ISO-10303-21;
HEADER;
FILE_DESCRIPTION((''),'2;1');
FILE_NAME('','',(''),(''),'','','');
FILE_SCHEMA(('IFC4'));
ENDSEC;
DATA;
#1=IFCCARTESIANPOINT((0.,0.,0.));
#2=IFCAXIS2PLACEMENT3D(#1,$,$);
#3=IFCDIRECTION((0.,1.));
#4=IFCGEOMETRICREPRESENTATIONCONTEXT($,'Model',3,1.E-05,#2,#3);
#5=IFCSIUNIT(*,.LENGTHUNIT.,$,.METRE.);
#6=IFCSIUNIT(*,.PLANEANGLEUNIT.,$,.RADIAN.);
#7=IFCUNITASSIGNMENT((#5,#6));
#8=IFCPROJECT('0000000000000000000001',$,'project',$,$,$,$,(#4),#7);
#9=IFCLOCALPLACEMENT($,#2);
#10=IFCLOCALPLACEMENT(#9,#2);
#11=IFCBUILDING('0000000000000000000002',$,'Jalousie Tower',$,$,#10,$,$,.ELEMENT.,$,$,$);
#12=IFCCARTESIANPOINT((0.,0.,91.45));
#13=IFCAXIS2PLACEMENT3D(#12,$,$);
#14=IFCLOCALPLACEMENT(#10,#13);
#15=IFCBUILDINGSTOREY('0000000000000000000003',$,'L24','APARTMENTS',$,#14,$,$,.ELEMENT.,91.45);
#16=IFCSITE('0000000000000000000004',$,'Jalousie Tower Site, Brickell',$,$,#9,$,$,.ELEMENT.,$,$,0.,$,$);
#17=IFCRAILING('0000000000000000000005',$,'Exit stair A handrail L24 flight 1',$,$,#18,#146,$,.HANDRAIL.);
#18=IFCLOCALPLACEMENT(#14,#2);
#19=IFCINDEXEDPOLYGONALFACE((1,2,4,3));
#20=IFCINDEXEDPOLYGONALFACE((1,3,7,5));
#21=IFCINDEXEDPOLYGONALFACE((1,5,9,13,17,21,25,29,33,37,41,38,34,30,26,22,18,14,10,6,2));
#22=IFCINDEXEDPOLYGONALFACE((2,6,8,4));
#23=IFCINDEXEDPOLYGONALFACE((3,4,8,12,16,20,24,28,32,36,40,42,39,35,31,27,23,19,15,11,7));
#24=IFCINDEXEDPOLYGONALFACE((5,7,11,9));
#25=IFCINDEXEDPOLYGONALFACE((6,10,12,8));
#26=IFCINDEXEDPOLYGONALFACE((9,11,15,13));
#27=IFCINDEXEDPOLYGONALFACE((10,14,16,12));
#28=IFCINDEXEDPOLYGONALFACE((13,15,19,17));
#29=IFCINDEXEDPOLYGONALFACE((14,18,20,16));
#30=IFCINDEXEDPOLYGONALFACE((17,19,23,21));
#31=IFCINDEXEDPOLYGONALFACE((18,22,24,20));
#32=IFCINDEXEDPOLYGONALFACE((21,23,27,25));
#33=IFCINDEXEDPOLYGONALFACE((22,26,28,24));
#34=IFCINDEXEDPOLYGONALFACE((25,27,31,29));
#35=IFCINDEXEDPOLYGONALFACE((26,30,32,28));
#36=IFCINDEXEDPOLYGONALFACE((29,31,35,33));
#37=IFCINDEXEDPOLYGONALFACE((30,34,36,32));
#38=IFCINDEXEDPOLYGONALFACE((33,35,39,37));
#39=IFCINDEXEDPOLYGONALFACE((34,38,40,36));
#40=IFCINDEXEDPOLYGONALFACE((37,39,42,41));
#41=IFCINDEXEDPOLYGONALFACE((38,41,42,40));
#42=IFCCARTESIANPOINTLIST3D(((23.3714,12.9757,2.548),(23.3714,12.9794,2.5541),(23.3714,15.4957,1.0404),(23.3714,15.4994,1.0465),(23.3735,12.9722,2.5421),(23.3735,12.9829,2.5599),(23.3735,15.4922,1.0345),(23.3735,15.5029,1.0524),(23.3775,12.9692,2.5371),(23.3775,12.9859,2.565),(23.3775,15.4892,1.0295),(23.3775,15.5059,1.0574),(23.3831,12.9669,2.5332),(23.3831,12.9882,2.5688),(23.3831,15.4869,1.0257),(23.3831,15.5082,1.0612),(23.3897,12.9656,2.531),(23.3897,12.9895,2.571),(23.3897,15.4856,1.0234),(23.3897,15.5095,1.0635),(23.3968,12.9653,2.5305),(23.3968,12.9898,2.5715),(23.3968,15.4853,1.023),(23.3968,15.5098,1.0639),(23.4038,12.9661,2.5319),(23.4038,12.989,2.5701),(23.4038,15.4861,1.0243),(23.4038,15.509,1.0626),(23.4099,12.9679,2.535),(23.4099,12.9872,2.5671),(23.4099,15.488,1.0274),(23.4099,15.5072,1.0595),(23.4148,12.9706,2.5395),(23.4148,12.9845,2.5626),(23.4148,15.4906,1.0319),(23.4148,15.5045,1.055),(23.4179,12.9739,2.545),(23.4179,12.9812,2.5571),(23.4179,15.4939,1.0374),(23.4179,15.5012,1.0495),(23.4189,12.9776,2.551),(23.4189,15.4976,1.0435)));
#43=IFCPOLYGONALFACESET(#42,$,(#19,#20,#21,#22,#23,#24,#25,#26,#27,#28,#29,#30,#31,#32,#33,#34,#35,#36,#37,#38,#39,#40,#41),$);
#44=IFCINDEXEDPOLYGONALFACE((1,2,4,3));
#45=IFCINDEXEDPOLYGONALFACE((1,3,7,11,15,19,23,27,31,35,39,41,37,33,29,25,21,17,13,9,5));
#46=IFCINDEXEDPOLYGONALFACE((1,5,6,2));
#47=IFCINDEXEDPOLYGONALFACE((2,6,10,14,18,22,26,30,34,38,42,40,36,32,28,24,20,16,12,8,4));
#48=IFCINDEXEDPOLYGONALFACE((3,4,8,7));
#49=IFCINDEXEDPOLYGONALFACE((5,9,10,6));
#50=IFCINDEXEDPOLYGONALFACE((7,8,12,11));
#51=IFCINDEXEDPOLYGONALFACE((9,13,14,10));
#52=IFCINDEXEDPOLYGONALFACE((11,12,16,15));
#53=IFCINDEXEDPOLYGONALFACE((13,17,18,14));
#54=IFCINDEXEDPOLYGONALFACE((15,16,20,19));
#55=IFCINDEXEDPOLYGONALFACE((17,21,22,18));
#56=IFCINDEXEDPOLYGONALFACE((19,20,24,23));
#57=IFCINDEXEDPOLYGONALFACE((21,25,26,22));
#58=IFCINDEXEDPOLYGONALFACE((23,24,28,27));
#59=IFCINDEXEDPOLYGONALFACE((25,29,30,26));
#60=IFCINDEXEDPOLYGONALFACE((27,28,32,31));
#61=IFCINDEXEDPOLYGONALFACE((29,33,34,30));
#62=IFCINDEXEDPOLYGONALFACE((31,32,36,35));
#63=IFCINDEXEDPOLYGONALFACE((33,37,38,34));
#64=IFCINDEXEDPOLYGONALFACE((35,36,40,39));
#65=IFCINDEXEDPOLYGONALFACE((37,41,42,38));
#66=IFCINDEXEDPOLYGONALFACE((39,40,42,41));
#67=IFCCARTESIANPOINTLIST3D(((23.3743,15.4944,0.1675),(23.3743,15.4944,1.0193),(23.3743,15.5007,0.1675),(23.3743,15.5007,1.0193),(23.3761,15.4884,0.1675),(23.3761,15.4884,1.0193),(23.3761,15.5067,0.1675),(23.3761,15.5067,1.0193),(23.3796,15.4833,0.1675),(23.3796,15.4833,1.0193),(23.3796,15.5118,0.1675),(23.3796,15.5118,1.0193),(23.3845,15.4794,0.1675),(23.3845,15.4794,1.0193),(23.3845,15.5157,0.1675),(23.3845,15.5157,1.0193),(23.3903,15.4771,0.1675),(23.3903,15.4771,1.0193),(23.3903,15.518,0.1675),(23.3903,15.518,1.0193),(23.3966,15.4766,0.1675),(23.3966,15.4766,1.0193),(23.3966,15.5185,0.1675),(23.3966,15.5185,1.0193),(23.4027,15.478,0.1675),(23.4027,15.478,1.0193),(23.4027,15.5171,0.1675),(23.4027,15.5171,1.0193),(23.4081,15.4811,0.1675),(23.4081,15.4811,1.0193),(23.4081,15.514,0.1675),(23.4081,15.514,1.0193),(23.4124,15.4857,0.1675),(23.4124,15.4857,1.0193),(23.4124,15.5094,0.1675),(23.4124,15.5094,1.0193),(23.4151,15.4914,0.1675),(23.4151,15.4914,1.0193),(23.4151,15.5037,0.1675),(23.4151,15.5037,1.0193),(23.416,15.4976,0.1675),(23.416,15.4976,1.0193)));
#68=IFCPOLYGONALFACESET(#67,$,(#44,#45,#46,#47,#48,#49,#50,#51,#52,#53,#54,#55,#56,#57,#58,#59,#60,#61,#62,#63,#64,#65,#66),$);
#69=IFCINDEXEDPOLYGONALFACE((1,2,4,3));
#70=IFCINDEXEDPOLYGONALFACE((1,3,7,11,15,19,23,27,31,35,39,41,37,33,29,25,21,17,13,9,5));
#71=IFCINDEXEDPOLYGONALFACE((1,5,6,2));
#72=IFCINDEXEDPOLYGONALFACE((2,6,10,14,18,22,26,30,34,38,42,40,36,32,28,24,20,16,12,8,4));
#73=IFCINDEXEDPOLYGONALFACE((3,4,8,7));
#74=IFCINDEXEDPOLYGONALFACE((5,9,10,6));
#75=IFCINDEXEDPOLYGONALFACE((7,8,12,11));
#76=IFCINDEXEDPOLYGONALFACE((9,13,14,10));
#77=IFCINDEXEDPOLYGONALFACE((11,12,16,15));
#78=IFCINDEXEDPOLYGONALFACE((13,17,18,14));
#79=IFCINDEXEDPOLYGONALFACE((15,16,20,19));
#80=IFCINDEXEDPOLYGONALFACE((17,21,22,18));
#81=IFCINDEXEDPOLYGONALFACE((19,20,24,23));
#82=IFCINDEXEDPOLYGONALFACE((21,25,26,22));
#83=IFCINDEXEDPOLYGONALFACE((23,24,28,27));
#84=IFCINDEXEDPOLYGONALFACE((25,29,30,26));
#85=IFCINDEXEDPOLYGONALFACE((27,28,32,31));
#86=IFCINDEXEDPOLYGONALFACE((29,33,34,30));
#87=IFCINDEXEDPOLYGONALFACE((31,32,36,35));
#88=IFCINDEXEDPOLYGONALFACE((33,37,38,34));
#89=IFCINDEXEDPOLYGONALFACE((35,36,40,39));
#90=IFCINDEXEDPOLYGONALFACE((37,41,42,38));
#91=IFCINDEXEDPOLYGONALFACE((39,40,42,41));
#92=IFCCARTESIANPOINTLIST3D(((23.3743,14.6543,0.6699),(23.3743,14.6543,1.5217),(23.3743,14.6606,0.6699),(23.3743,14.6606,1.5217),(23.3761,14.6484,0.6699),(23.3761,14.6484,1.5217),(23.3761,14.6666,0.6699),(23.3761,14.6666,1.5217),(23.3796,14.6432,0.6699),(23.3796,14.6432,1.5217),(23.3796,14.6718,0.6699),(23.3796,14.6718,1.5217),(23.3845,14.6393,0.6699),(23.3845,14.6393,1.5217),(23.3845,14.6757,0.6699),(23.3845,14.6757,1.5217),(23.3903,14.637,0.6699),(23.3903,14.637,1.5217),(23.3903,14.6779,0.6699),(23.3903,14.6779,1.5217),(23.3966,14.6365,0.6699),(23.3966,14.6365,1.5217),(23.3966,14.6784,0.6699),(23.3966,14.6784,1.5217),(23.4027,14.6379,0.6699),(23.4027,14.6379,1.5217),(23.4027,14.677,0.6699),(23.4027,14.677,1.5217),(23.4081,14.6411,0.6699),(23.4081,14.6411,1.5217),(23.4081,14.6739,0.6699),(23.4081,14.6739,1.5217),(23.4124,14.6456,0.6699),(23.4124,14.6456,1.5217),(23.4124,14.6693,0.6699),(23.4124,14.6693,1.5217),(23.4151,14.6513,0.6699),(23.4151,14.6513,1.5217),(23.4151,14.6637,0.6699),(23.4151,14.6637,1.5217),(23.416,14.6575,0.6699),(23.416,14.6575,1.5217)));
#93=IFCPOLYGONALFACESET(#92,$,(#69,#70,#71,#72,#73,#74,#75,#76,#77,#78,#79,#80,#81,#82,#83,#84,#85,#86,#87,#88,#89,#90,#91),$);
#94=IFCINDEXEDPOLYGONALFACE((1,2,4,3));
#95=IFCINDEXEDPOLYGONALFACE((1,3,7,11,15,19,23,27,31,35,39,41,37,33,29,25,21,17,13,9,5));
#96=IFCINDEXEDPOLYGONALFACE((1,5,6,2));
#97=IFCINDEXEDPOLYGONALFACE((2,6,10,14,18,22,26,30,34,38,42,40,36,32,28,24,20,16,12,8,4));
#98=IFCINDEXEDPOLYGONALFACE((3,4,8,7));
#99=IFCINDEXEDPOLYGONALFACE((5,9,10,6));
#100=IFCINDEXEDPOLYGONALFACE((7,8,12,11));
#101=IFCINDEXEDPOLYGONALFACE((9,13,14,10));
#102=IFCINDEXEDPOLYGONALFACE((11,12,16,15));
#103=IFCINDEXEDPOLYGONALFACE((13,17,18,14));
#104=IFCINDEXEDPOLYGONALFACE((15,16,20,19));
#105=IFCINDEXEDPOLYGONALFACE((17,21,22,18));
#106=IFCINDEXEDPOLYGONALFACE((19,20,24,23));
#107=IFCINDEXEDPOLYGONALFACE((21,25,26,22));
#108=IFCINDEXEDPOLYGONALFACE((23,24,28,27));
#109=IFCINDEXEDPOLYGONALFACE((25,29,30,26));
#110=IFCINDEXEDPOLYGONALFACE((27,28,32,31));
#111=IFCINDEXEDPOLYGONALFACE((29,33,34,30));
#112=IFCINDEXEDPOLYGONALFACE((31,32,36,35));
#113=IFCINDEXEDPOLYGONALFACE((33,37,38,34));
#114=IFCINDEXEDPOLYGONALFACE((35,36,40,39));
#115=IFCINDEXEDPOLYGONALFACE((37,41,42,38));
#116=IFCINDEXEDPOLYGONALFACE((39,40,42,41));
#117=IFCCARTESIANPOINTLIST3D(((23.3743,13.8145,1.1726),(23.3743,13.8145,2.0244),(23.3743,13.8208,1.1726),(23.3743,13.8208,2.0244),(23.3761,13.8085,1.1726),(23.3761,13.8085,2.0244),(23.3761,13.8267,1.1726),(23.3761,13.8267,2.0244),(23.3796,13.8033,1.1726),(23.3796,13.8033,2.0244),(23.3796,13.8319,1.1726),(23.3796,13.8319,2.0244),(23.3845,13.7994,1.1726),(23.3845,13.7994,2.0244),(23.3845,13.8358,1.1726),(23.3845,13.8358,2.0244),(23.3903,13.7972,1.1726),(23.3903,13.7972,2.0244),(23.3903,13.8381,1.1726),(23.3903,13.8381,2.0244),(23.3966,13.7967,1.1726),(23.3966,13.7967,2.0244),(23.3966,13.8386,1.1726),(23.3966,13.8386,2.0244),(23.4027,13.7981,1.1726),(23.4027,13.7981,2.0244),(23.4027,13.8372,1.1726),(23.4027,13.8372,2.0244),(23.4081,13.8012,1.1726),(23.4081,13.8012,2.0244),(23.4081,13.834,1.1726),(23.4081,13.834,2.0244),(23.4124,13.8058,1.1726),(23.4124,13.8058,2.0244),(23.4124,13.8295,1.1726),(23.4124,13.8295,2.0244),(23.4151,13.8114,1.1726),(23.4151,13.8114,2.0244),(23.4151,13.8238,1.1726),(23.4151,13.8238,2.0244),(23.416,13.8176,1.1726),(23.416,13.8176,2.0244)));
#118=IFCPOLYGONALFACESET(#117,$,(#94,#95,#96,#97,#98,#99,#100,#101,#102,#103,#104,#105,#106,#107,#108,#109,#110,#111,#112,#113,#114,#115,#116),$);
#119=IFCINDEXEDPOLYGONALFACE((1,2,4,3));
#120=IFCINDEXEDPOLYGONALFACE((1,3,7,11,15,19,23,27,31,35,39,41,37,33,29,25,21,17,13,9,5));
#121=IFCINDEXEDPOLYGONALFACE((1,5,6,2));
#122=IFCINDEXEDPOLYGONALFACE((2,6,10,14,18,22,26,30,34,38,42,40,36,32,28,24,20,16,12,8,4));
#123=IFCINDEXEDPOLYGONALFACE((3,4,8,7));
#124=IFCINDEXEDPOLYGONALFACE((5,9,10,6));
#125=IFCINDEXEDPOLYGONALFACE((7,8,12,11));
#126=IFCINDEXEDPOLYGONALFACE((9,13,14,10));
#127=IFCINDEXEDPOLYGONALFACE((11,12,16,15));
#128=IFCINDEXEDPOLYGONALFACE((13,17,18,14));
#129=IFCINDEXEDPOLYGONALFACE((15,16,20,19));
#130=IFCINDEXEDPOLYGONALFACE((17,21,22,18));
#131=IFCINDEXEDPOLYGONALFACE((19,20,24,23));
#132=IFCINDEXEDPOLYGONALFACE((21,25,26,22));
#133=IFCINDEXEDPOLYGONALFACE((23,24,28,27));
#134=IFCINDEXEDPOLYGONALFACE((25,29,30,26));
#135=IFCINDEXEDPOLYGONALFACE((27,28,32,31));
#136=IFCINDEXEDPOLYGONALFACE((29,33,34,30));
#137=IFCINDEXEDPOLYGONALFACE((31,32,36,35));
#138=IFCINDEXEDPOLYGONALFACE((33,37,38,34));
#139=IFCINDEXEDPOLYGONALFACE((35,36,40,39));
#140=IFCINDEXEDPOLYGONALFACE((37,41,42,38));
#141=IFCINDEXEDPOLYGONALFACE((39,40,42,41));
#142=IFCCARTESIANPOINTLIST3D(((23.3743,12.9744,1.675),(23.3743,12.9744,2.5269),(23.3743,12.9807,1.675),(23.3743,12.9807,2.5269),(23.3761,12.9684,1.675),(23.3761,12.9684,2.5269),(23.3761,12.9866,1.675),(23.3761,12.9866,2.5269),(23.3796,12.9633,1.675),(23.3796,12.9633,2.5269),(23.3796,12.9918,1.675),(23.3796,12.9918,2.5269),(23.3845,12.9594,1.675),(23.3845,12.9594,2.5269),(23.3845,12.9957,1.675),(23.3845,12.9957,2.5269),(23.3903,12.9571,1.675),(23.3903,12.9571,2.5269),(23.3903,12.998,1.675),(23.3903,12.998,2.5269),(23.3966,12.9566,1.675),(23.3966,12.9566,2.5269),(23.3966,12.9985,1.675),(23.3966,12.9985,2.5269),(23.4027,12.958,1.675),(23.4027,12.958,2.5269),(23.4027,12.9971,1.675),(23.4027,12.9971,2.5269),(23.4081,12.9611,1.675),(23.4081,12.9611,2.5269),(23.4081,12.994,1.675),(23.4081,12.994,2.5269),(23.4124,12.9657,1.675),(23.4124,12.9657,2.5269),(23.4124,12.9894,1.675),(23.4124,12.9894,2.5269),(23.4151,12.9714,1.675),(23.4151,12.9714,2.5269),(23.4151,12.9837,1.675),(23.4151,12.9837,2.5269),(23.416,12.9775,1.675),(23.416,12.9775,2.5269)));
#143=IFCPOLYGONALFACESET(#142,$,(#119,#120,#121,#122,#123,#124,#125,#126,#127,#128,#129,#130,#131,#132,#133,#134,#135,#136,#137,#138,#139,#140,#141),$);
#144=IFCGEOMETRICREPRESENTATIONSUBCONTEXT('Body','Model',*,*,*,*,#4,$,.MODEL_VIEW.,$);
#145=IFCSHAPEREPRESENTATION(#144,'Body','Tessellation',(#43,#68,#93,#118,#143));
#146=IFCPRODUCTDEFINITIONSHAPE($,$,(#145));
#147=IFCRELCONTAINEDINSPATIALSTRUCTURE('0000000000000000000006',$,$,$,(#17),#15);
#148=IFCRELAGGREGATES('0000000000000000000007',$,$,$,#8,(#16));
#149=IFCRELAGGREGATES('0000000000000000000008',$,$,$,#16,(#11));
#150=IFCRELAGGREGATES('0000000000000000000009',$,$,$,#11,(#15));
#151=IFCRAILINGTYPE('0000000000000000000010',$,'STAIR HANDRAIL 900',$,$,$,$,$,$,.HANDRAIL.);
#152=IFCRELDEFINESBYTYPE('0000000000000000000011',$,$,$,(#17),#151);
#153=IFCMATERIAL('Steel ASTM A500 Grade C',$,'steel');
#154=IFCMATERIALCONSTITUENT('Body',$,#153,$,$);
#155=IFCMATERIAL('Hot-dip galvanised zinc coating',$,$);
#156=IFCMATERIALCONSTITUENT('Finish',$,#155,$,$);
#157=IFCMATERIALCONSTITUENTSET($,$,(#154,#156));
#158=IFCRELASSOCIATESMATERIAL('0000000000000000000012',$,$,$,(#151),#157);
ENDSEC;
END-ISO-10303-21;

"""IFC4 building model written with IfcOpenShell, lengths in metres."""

from ifc_helpers import new_model, si_unit, direction, frame, origin, origin_2d, place, context, subcontext, project, spatial, circle, extrude, material, constituent, constituent_set, type_object, element, save


model = new_model("IFC4")

# Units and contexts
model_context = context("Model", 3, precision=1e-05, world=origin(), true_north=direction((0.0, 1.0)))
body_context = subcontext(model_context, "Body", "Model", "MODEL_VIEW")
ifc_project = project(units=[si_unit("LENGTHUNIT", "METRE"), si_unit("PLANEANGLEUNIT", "RADIAN")], contexts=[model_context])

# Site, building, storey
site_placement = place(None, origin())
site = spatial("IfcSite", under=ifc_project, at=site_placement, Name="Jalousie Tower Site, Brickell", CompositionType="ELEMENT", RefElevation=0.0)
building_placement = place(site_placement, origin())
building = spatial("IfcBuilding", under=site, at=building_placement, Name="Jalousie Tower", CompositionType="ELEMENT")
storey_placement = place(building_placement, frame((0.0, 0.0, 91.45)))
storey = spatial("IfcBuildingStorey", under=building, at=storey_placement, Name="L24", Description="APARTMENTS", CompositionType="ELEMENT", Elevation=91.45)

# Railing
ifc_material_1 = material(Name="Steel ASTM A500 Grade C", Category="steel")
ifc_constituent_1 = constituent(ifc_material_1, Name="Body")
ifc_material_2 = material(Name="Hot-dip galvanised zinc coating")
ifc_constituent_2 = constituent(ifc_material_2, Name="Finish")
ifc_constituent_set_1 = constituent_set(constituents=[ifc_constituent_1, ifc_constituent_2])
railing_type_1 = type_object("IfcRailingType", Name="STAIR HANDRAIL 900", PredefinedType="HANDRAIL", material=ifc_constituent_set_1)
railing_1_placement = place(storey_placement, frame((23.395, 15.4976, 0.1675)))
element("IfcRailing", 1, at=railing_1_placement, inside=storey, type_object=railing_type_1, Name="Exit stair A handrail L24 flight 1", PredefinedType="HANDRAIL", context=body_context, shape_type="SweptSolid", body=[
    extrude(circle(Radius=0.0239, at=origin_2d()), frame((0.0, 0.0, 0.876), z_axis=(0.0, -0.85816, 0.513383), x_axis=(1.0, 0.0, 0.0)), (0.0, 0.0, 1.0), 2.9365),
    extrude(circle(Radius=0.021, at=origin_2d()), origin(), (0.0, 0.0, 1.0), 0.8518),
    extrude(circle(Radius=0.021, at=origin_2d()), frame((0.0, -0.8401, 0.5024)), (0.0, 0.0, 1.0), 0.8518),
    extrude(circle(Radius=0.021, at=origin_2d()), frame((0.0, -1.6799, 1.0051)), (0.0, 0.0, 1.0), 0.8518),
    extrude(circle(Radius=0.021, at=origin_2d()), frame((0.0, -2.52, 1.5076)), (0.0, 0.0, 1.0), 0.8518),
])

save(model, "model.ifc")
